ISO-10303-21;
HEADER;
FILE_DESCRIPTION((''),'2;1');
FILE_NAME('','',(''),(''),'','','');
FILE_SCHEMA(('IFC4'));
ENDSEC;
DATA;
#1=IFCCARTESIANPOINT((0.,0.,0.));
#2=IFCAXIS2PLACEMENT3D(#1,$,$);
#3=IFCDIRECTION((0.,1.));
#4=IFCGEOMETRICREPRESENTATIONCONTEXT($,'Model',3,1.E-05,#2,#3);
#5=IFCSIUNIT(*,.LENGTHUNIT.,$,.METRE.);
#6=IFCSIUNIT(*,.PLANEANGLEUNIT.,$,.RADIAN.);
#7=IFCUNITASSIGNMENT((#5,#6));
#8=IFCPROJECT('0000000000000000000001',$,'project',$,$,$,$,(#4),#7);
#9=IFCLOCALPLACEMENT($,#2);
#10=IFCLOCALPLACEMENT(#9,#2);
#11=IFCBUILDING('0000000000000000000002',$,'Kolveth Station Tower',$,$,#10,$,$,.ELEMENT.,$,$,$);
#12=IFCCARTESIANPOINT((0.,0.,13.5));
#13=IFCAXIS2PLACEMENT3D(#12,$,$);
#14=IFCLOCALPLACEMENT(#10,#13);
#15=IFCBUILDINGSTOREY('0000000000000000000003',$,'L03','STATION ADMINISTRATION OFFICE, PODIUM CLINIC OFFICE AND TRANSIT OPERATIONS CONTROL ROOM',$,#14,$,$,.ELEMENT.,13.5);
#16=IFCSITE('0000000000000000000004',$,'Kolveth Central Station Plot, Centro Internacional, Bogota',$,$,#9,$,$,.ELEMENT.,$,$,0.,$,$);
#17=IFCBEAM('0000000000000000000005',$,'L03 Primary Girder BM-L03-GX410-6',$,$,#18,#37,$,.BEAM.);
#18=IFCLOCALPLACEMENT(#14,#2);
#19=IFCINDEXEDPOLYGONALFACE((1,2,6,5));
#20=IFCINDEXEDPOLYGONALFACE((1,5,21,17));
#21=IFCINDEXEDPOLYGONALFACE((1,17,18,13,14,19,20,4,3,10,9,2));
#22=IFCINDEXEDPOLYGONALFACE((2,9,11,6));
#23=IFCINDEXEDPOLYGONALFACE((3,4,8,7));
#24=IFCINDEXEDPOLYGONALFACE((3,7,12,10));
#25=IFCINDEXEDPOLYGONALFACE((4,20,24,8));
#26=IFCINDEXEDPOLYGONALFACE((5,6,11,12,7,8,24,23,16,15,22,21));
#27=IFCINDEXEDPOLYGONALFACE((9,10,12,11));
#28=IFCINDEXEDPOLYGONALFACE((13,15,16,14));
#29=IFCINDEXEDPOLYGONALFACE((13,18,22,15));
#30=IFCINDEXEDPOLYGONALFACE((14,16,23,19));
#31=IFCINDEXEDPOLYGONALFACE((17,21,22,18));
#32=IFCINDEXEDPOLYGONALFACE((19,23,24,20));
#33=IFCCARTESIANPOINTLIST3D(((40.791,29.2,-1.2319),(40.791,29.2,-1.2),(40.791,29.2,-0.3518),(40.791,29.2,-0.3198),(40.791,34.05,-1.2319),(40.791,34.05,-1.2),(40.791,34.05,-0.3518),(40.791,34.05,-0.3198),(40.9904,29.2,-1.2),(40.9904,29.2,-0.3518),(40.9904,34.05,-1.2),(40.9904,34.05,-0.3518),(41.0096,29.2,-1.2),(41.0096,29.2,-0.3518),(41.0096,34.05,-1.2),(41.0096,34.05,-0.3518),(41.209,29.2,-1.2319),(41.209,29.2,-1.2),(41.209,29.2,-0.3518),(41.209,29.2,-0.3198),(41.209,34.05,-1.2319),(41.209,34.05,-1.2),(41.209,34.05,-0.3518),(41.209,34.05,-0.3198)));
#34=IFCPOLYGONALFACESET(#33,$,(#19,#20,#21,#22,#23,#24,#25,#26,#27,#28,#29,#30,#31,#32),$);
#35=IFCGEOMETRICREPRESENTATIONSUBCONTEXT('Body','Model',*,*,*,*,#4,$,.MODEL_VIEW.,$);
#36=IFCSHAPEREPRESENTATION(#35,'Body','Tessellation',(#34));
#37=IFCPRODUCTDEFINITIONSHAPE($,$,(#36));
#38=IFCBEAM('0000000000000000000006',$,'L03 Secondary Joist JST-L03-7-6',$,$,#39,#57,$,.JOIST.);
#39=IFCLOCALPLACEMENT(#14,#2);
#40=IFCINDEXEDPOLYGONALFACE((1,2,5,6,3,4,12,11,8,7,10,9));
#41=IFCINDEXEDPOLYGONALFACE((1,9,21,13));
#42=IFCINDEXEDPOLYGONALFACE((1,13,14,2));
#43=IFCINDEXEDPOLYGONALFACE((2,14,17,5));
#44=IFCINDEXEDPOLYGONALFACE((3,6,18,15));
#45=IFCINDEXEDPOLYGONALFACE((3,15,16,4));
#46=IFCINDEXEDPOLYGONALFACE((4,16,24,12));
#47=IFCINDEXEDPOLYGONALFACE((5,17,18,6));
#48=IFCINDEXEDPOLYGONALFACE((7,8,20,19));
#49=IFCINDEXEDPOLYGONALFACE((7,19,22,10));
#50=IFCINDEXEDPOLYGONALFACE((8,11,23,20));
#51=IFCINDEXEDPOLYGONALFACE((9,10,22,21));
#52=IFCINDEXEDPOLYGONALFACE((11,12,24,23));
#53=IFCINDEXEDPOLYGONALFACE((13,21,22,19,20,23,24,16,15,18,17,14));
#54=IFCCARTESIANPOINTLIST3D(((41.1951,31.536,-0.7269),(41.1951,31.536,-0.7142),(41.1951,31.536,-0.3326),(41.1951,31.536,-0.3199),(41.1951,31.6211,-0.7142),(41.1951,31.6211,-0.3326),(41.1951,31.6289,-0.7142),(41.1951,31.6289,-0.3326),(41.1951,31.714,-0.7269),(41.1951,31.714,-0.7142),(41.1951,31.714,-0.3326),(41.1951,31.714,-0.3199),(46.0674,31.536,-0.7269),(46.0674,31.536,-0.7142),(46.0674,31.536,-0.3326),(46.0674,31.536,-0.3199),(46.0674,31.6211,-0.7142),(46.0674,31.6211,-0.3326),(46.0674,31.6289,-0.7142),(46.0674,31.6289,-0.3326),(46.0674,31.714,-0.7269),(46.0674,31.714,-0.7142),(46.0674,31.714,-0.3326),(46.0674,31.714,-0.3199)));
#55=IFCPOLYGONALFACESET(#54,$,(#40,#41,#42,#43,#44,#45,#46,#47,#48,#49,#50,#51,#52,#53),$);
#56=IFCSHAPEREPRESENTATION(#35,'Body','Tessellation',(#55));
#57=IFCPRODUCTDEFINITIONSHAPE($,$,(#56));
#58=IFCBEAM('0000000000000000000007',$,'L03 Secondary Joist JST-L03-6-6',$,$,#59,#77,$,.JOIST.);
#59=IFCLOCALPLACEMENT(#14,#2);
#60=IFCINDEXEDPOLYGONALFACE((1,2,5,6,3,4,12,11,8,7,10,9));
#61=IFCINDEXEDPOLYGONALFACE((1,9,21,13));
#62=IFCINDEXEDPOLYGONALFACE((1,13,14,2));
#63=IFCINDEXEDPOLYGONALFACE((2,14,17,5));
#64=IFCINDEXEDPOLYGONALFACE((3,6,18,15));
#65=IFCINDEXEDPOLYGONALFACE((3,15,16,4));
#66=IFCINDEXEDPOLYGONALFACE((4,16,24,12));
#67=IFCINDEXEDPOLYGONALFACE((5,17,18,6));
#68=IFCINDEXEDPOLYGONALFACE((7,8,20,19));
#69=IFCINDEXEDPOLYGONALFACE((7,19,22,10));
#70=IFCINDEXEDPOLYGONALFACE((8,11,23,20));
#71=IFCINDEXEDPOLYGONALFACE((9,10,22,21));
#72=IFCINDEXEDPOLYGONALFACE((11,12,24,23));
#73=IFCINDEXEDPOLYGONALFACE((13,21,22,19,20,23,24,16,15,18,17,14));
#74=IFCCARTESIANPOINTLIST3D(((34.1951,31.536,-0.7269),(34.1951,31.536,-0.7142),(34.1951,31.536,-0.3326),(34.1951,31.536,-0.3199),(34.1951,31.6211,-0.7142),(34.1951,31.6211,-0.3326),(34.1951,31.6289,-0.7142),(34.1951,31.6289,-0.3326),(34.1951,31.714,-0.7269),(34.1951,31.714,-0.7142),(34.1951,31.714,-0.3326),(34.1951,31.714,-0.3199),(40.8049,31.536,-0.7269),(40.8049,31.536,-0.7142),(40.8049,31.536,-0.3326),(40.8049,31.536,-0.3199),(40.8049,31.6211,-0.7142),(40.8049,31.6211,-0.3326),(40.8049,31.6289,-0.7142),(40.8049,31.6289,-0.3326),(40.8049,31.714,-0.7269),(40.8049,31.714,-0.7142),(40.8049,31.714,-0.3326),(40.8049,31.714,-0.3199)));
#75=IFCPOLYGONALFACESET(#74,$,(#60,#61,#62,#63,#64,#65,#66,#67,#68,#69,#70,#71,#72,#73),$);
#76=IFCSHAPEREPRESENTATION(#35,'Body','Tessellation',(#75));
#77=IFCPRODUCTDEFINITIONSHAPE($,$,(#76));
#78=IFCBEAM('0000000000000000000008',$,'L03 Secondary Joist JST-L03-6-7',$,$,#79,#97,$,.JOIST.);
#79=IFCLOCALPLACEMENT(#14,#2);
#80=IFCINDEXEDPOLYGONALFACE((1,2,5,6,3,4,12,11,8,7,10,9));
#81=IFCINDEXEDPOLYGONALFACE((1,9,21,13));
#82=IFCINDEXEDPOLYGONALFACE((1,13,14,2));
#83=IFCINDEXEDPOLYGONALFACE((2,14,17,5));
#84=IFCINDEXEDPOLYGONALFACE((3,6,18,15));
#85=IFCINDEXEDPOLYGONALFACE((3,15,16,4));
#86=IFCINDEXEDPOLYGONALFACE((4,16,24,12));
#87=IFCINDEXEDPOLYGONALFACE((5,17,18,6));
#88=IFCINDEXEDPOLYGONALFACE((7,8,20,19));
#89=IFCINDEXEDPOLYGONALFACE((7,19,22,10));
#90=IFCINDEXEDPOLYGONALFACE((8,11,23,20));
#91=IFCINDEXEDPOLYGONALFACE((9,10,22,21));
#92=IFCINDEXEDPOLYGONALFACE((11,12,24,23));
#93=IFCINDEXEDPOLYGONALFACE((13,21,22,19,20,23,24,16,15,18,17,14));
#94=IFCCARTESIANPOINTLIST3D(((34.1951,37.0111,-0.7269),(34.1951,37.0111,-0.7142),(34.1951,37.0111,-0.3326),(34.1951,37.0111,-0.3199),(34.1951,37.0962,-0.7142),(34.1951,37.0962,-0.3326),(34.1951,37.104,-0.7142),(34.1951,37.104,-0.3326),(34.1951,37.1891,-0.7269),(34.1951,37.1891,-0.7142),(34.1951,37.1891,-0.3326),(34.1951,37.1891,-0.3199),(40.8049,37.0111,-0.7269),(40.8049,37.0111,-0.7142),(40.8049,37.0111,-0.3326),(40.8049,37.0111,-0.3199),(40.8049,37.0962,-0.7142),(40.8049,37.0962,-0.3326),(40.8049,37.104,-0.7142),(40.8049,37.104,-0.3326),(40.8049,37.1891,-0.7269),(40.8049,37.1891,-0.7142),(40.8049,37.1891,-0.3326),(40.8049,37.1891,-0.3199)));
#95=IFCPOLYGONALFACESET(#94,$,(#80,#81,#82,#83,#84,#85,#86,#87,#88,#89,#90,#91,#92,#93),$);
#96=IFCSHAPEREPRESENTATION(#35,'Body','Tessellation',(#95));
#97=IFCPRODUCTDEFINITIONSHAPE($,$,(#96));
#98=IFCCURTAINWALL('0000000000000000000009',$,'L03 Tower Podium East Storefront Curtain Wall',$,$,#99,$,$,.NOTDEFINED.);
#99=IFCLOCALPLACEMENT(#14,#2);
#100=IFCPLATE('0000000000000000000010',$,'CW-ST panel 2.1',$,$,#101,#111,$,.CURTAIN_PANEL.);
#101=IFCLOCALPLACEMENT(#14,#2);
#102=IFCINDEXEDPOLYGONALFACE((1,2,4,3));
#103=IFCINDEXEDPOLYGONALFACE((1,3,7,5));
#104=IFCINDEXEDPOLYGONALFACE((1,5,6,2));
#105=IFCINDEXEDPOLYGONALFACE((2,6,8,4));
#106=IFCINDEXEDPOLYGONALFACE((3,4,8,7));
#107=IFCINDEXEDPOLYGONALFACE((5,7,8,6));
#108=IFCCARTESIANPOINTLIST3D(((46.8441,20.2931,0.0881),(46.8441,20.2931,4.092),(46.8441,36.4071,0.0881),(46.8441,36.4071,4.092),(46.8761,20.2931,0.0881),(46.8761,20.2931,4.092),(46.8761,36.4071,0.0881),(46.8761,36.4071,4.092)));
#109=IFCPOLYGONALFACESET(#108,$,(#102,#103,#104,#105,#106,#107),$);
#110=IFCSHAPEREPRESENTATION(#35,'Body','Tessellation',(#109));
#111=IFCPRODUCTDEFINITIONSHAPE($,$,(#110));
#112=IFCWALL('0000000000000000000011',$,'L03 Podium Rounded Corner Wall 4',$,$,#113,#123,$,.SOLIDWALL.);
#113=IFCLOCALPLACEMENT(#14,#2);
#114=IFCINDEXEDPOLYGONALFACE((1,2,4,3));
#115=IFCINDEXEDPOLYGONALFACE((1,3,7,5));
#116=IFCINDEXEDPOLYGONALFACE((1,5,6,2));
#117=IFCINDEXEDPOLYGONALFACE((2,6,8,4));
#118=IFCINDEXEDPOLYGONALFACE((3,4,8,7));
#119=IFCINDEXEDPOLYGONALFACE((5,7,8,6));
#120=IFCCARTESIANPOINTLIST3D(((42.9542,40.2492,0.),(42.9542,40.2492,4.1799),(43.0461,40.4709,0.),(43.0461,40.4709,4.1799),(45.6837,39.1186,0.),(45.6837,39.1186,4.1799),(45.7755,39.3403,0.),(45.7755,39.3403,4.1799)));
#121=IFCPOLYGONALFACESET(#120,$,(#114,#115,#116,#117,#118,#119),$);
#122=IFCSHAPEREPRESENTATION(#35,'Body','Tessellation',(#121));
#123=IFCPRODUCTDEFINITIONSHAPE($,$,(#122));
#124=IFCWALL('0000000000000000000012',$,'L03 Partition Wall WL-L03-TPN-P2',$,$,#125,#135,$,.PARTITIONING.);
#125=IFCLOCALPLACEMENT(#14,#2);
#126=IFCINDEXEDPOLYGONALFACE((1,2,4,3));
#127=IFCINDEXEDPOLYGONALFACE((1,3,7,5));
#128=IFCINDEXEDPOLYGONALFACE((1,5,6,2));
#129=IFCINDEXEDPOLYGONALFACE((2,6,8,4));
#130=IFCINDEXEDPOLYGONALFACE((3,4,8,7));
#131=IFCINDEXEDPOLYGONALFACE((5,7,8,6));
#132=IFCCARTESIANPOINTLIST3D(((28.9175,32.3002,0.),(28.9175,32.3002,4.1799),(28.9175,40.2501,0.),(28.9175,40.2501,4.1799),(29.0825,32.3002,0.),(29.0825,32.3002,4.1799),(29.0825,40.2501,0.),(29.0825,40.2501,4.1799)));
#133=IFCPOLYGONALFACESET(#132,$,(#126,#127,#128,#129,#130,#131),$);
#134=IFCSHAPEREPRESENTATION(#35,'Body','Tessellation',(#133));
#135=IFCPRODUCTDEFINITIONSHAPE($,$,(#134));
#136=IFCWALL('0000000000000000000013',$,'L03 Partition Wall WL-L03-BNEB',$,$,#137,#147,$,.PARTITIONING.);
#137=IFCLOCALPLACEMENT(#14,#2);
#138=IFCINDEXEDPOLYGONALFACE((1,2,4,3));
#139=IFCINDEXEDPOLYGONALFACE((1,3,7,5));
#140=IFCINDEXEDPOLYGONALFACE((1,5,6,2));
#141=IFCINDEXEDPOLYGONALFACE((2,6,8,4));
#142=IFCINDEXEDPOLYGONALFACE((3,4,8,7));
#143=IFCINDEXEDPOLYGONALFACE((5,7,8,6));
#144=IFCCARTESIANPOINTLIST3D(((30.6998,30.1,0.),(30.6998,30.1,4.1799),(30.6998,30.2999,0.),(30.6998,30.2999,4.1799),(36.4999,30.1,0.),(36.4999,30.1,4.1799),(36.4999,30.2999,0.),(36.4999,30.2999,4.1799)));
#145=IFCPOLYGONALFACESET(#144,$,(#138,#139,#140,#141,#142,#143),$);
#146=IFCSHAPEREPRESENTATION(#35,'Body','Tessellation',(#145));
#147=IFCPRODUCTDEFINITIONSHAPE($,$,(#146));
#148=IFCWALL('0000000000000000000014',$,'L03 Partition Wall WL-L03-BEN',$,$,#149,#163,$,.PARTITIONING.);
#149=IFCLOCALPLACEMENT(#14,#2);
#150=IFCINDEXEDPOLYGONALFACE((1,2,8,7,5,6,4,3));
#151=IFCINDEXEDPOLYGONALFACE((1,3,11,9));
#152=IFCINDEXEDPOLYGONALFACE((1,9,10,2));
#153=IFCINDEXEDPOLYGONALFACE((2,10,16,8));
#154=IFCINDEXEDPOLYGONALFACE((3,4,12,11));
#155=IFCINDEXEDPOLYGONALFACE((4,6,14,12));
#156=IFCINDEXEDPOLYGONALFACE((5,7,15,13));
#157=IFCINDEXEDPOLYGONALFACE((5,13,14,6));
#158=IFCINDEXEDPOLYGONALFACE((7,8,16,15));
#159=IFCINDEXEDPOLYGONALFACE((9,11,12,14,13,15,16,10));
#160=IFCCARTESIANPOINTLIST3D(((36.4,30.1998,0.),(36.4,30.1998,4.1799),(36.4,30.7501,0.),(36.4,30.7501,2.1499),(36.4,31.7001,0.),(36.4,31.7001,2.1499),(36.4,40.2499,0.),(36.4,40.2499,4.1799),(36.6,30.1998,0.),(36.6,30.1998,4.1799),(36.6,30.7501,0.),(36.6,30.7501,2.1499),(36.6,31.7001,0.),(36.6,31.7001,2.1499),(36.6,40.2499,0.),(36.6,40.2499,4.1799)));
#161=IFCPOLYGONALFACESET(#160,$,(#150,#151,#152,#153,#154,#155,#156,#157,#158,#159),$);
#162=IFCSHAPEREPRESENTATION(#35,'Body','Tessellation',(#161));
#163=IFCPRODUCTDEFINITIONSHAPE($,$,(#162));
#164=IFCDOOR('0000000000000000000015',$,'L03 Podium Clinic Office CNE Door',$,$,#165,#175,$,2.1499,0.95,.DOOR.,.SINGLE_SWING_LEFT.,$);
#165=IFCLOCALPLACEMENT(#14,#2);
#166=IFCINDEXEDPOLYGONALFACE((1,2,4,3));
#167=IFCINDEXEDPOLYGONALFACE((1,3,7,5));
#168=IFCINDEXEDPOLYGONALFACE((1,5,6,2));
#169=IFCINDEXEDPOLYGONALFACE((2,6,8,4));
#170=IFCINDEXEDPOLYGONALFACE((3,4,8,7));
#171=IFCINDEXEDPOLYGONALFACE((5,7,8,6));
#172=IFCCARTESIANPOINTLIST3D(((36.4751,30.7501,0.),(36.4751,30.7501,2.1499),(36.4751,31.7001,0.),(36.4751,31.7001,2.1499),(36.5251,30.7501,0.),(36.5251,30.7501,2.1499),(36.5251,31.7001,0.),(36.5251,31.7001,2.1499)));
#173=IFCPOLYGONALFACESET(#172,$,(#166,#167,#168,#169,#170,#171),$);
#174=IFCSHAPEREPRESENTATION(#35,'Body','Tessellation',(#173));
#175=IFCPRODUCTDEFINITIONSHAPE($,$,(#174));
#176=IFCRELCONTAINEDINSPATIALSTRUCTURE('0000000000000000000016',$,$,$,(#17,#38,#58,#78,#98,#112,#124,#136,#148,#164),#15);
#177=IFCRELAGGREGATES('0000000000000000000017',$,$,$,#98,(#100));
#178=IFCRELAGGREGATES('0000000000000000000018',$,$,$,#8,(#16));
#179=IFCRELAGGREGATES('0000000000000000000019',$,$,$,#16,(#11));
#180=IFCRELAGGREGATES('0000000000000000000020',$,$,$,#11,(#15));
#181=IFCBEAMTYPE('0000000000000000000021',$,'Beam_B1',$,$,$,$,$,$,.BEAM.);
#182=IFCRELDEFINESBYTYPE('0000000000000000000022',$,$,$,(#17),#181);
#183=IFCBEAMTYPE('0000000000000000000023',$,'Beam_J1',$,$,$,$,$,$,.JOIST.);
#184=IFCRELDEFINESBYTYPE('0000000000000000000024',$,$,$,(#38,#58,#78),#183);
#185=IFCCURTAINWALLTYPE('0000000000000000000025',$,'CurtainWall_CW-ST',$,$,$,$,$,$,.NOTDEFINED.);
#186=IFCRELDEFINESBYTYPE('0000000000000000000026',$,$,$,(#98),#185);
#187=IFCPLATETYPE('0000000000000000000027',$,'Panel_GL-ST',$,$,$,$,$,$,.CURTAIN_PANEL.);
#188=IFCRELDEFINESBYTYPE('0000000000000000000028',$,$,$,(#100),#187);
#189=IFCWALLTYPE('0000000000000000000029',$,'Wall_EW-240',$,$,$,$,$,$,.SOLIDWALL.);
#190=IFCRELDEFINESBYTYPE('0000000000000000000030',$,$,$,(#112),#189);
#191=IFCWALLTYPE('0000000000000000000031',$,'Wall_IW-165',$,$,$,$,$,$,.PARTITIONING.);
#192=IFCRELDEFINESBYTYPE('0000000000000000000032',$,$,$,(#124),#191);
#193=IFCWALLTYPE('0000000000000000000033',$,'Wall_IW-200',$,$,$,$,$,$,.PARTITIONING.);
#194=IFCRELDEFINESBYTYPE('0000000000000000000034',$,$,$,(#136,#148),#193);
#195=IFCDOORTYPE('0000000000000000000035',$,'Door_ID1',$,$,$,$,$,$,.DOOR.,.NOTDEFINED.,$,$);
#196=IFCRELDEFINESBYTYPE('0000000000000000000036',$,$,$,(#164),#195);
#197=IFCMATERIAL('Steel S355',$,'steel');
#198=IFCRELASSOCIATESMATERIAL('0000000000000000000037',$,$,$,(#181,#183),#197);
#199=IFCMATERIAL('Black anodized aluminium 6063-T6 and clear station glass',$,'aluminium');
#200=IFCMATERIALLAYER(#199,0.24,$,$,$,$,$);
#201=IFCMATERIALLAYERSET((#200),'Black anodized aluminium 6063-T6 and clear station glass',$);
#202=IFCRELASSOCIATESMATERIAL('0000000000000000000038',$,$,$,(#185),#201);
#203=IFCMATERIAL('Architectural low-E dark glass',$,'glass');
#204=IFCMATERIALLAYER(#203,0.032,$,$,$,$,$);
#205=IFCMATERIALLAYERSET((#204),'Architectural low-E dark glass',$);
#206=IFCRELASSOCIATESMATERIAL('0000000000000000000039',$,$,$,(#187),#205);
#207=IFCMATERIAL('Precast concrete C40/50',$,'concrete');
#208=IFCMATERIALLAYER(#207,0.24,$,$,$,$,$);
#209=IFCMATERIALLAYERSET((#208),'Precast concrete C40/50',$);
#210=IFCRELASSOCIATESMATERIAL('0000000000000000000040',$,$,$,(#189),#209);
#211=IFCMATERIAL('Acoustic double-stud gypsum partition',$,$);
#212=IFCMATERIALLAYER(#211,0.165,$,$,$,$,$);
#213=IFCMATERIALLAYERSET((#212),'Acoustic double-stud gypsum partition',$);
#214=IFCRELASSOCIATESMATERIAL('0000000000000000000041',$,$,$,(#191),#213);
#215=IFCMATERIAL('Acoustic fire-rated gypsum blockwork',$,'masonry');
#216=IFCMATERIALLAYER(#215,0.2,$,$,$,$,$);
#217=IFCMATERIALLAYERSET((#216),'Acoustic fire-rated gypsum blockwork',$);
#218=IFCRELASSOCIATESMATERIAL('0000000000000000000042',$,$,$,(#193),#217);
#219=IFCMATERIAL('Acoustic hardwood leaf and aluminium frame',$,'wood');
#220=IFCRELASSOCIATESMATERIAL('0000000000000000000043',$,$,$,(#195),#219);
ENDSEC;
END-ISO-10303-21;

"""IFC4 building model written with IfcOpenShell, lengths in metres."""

from ifc_helpers import new_model, si_unit, direction, frame, frame_2d, origin, origin_2d, place, context, subcontext, project, spatial, rectangle, i_section, extrude, source, transform, mapped, material, layer, layer_set, material_profile, profile_set, type_object, element, fill, aggregate, save


model = new_model("IFC4")

# Units and contexts
model_context = context("Model", 3, precision=1e-05, world=origin(), true_north=direction((0.0, 1.0)))
body_context = subcontext(model_context, "Body", "Model", "MODEL_VIEW")
ifc_project = project(units=[si_unit("LENGTHUNIT", "METRE"), si_unit("PLANEANGLEUNIT", "RADIAN")], contexts=[model_context])

# Site, building, storey
site_placement = place(None, origin())
site = spatial("IfcSite", under=ifc_project, at=site_placement, Name="Kolveth Central Station Plot, Centro Internacional, Bogota", CompositionType="ELEMENT", RefElevation=0.0)
building_placement = place(site_placement, origin())
building = spatial("IfcBuilding", under=site, at=building_placement, Name="Kolveth Station Tower", CompositionType="ELEMENT")
storey_placement = place(building_placement, frame((0.0, 0.0, 13.5)))
storey = spatial("IfcBuildingStorey", under=building, at=storey_placement, Name="L03", Description="STATION ADMINISTRATION OFFICE, PODIUM CLINIC OFFICE AND TRANSIT OPERATIONS CONTROL ROOM", CompositionType="ELEMENT", Elevation=13.5)

# Beams
ifc_material_1 = material(Name="Steel S355", Category="steel")
ifc_material_profile_1 = material_profile(ifc_material_1, i_section(OverallWidth=0.418, OverallDepth=0.9121, WebThickness=0.0193, FlangeThickness=0.032, at=origin_2d()), Name="W920x342")
ifc_profile_set_1 = profile_set([ifc_material_profile_1], Name="Steel S355")
beam_type_1 = type_object("IfcBeamType", Name="Beam_B1", PredefinedType="BEAM", material=ifc_profile_set_1)
shared_shape_1 = source(origin(), body_context, "Body", "SweptSolid", [
    extrude(i_section(OverallWidth=0.418, OverallDepth=0.9121, WebThickness=0.0193, FlangeThickness=0.032, at=origin_2d()), origin(), (0.0, 0.0, 1.0), 4.8501),
])
for number, where, z_axis, x_axis, name in (
    (1, (41.0, 29.2, -0.7759), (0.0, 1.0, 0.0), (-1.0, 0.0, 0.0), "L03 Primary Girder BM-L03-GX410-6"),
):
    element("IfcBeam", number, at=place(storey_placement, frame(where, z_axis=z_axis, x_axis=x_axis)), inside=storey, type_object=beam_type_1, Name=name, PredefinedType="BEAM", context=body_context, shape_type="MappedRepresentation", body=[
        mapped(shared_shape_1, transform((0.0, 0.0, 0.0), x_axis=(1.0, 0.0, 0.0), y_axis=(0.0, 1.0, 0.0), z_axis=(0.0, 0.0, 1.0), scale=1.0)),
    ])
ifc_material_profile_2 = material_profile(ifc_material_1, i_section(OverallWidth=0.178, OverallDepth=0.407, WebThickness=0.0078, FlangeThickness=0.0127, at=origin_2d()), Name="W410x60")
ifc_profile_set_2 = profile_set([ifc_material_profile_2], Name="Steel S355")
beam_type_2 = type_object("IfcBeamType", Name="Beam_J1", PredefinedType="JOIST", material=ifc_profile_set_2)
shared_shape_2 = source(origin(), body_context, "Body", "SweptSolid", [
    extrude(i_section(OverallWidth=0.178, OverallDepth=0.407, WebThickness=0.0078, FlangeThickness=0.0127, at=origin_2d()), origin(), (0.0, 0.0, 1.0), 4.8723),
])
beam_1_placement = place(storey_placement, frame((41.1951, 31.625, -0.5234), z_axis=(1.0, 0.0, 0.0), x_axis=(0.0, 1.0, 0.0)))
element("IfcBeam", 2, at=beam_1_placement, inside=storey, type_object=beam_type_2, Name="L03 Secondary Joist JST-L03-7-6", PredefinedType="JOIST", context=body_context, shape_type="MappedRepresentation", body=[
    mapped(shared_shape_2, transform((0.0, 0.0, 0.0), x_axis=(1.0, 0.0, 0.0), y_axis=(0.0, 1.0, 0.0), z_axis=(0.0, 0.0, 1.0), scale=1.0)),
])
shared_shape_3 = source(origin(), body_context, "Body", "SweptSolid", [
    extrude(i_section(OverallWidth=0.178, OverallDepth=0.407, WebThickness=0.0078, FlangeThickness=0.0127, at=origin_2d()), origin(), (0.0, 0.0, 1.0), 6.6099),
])
for number, where, z_axis, x_axis, name in (
    (3, (34.1951, 31.625, -0.5234), (1.0, 0.0, 0.0), (0.0, 1.0, 0.0), "L03 Secondary Joist JST-L03-6-6"),
    (4, (34.1951, 37.1001, -0.5234), (1.0, 0.0, 0.0), (0.0, 1.0, 0.0), "L03 Secondary Joist JST-L03-6-7"),
):
    element("IfcBeam", number, at=place(storey_placement, frame(where, z_axis=z_axis, x_axis=x_axis)), inside=storey, type_object=beam_type_2, Name=name, PredefinedType="JOIST", context=body_context, shape_type="MappedRepresentation", body=[
        mapped(shared_shape_3, transform((0.0, 0.0, 0.0), x_axis=(1.0, 0.0, 0.0), y_axis=(0.0, 1.0, 0.0), z_axis=(0.0, 0.0, 1.0), scale=1.0)),
    ])

# Curtain wall, plate
ifc_material_2 = material(Name="Black anodized aluminium 6063-T6 and clear station glass", Category="aluminium")
ifc_layer_1 = layer(ifc_material_2, 0.24)
ifc_layer_set_1 = layer_set([ifc_layer_1], Name="Black anodized aluminium 6063-T6 and clear station glass")
curtain_wall_type = type_object("IfcCurtainWallType", Name="CurtainWall_CW-ST", PredefinedType="NOTDEFINED", material=ifc_layer_set_1)
curtain_wall_placement = place(storey_placement, origin())
curtain_wall = element("IfcCurtainWall", 5, at=curtain_wall_placement, inside=storey, type_object=curtain_wall_type, Name="L03 Tower Podium East Storefront Curtain Wall", PredefinedType="NOTDEFINED")
ifc_material_3 = material(Name="Architectural low-E dark glass", Category="glass")
ifc_layer_2 = layer(ifc_material_3, 0.032)
ifc_layer_set_2 = layer_set([ifc_layer_2], Name="Architectural low-E dark glass")
plate_type = type_object("IfcPlateType", Name="Panel_GL-ST", PredefinedType="CURTAIN_PANEL", material=ifc_layer_set_2)
shared_shape_4 = source(origin(), body_context, "Body", "SweptSolid", [
    extrude(rectangle(XDim=16.114, YDim=0.032, at=origin_2d()), origin(), (0.0, 0.0, 1.0), 4.0039),
])
plate_placement = place(storey_placement, frame((46.8601, 28.3501, 0.0881), z_axis=(0.0, 0.0, 1.0), x_axis=(0.0, 1.0, 0.0)))
plate = element("IfcPlate", 6, at=plate_placement, type_object=plate_type, Name="CW-ST panel 2.1", PredefinedType="CURTAIN_PANEL", context=body_context, shape_type="MappedRepresentation", body=[
    mapped(shared_shape_4, transform((0.0, 0.0, 0.0), x_axis=(1.0, 0.0, 0.0), y_axis=(0.0, 1.0, 0.0), z_axis=(0.0, 0.0, 1.0), scale=1.0)),
])
aggregate(curtain_wall, [plate])

# Walls
ifc_material_4 = material(Name="Precast concrete C40/50", Category="concrete")
ifc_layer_3 = layer(ifc_material_4, 0.24)
ifc_layer_set_3 = layer_set([ifc_layer_3], Name="Precast concrete C40/50")
wall_type_1 = type_object("IfcWallType", Name="Wall_EW-240", PredefinedType="SOLIDWALL", material=ifc_layer_set_3)
wall_1_placement = place(storey_placement, frame((45.7295, 39.2295, 0.0), z_axis=(0.0, 0.0, 1.0), x_axis=(-0.923877, 0.38269, 0.0)))
element("IfcWall", 7, at=wall_1_placement, inside=storey, type_object=wall_type_1, Name="L03 Podium Rounded Corner Wall 4", PredefinedType="SOLIDWALL", context=body_context, shape_type="SweptSolid", body=[
    extrude(rectangle(XDim=2.9543, YDim=0.24, at=frame_2d((1.4771, 0.0))), origin(), (0.0, 0.0, 1.0), 4.1799),
])
ifc_material_5 = material(Name="Acoustic double-stud gypsum partition")
ifc_layer_4 = layer(ifc_material_5, 0.165)
ifc_layer_set_4 = layer_set([ifc_layer_4], Name="Acoustic double-stud gypsum partition")
wall_type_2 = type_object("IfcWallType", Name="Wall_IW-165", PredefinedType="PARTITIONING", material=ifc_layer_set_4)
wall_2_placement = place(storey_placement, frame((29.0, 32.3, 0.0), z_axis=(0.0, 0.0, 1.0), x_axis=(0.0, 1.0, 0.0)))
element("IfcWall", 8, at=wall_2_placement, inside=storey, type_object=wall_type_2, Name="L03 Partition Wall WL-L03-TPN-P2", PredefinedType="PARTITIONING", context=body_context, shape_type="SweptSolid", body=[
    extrude(rectangle(XDim=7.95, YDim=0.165, at=frame_2d((3.9751, 0.0))), origin(), (0.0, 0.0, 1.0), 4.1799),
])
ifc_material_6 = material(Name="Acoustic fire-rated gypsum blockwork", Category="masonry")
ifc_layer_5 = layer(ifc_material_6, 0.2)
ifc_layer_set_5 = layer_set([ifc_layer_5], Name="Acoustic fire-rated gypsum blockwork")
wall_type_3 = type_object("IfcWallType", Name="Wall_IW-200", PredefinedType="PARTITIONING", material=ifc_layer_set_5)
wall_3_placement = place(storey_placement, frame((30.7, 30.2, 0.0), z_axis=(0.0, 0.0, 1.0), x_axis=(1.0, 0.0, 0.0)))
element("IfcWall", 9, at=wall_3_placement, inside=storey, type_object=wall_type_3, Name="L03 Partition Wall WL-L03-BNEB", PredefinedType="PARTITIONING", context=body_context, shape_type="SweptSolid", body=[
    extrude(rectangle(XDim=5.8, YDim=0.2, at=frame_2d((2.8999, 0.0))), origin(), (0.0, 0.0, 1.0), 4.1799),
])

# Wall, opening, door
wall_4_placement = place(storey_placement, frame((36.5, 30.2, 0.0), z_axis=(0.0, 0.0, 1.0), x_axis=(0.0, 1.0, 0.0)))
wall_4 = element("IfcWall", 10, at=wall_4_placement, inside=storey, type_object=wall_type_3, Name="L03 Partition Wall WL-L03-BEN", PredefinedType="PARTITIONING", context=body_context, shape_type="SweptSolid", body=[
    extrude(rectangle(XDim=10.05, YDim=0.2, at=frame_2d((5.0249, 0.0))), origin(), (0.0, 0.0, 1.0), 4.1799),
])
opening_placement = place(wall_4_placement, frame((0.55, 0.0, 0.0)))
opening = element("IfcOpeningElement", 11, at=opening_placement, cuts=wall_4, PredefinedType="OPENING", context=body_context, shape_type="SweptSolid", body=[
    extrude(rectangle(XDim=0.95, YDim=2.1499, at=frame_2d((0.4751, 1.075))), frame((0.0, 0.1099, 0.0), z_axis=(0.0, -1.0, 0.0), x_axis=(1.0, 0.0, 0.0)), (0.0, 0.0, 1.0), 0.22),
])
ifc_material_7 = material(Name="Acoustic hardwood leaf and aluminium frame", Category="wood")
door_type = type_object("IfcDoorType", Name="Door_ID1", OperationType="NOTDEFINED", PredefinedType="DOOR", material=ifc_material_7)
door_placement = place(opening_placement, origin())
door = element("IfcDoor", 12, at=door_placement, inside=storey, type_object=door_type, Name="L03 Podium Clinic Office CNE Door", OperationType="SINGLE_SWING_LEFT", OverallHeight=2.1499, OverallWidth=0.95, PredefinedType="DOOR", context=body_context, shape_type="SweptSolid", body=[
    extrude(rectangle(XDim=0.95, YDim=2.1499, at=frame_2d((0.4751, 1.075))), frame((0.0, 0.0249, 0.0), z_axis=(0.0, -1.0, 0.0), x_axis=(1.0, 0.0, 0.0)), (0.0, 0.0, 1.0), 0.05),
])
fill(opening, door)

save(model, "model.ifc")
